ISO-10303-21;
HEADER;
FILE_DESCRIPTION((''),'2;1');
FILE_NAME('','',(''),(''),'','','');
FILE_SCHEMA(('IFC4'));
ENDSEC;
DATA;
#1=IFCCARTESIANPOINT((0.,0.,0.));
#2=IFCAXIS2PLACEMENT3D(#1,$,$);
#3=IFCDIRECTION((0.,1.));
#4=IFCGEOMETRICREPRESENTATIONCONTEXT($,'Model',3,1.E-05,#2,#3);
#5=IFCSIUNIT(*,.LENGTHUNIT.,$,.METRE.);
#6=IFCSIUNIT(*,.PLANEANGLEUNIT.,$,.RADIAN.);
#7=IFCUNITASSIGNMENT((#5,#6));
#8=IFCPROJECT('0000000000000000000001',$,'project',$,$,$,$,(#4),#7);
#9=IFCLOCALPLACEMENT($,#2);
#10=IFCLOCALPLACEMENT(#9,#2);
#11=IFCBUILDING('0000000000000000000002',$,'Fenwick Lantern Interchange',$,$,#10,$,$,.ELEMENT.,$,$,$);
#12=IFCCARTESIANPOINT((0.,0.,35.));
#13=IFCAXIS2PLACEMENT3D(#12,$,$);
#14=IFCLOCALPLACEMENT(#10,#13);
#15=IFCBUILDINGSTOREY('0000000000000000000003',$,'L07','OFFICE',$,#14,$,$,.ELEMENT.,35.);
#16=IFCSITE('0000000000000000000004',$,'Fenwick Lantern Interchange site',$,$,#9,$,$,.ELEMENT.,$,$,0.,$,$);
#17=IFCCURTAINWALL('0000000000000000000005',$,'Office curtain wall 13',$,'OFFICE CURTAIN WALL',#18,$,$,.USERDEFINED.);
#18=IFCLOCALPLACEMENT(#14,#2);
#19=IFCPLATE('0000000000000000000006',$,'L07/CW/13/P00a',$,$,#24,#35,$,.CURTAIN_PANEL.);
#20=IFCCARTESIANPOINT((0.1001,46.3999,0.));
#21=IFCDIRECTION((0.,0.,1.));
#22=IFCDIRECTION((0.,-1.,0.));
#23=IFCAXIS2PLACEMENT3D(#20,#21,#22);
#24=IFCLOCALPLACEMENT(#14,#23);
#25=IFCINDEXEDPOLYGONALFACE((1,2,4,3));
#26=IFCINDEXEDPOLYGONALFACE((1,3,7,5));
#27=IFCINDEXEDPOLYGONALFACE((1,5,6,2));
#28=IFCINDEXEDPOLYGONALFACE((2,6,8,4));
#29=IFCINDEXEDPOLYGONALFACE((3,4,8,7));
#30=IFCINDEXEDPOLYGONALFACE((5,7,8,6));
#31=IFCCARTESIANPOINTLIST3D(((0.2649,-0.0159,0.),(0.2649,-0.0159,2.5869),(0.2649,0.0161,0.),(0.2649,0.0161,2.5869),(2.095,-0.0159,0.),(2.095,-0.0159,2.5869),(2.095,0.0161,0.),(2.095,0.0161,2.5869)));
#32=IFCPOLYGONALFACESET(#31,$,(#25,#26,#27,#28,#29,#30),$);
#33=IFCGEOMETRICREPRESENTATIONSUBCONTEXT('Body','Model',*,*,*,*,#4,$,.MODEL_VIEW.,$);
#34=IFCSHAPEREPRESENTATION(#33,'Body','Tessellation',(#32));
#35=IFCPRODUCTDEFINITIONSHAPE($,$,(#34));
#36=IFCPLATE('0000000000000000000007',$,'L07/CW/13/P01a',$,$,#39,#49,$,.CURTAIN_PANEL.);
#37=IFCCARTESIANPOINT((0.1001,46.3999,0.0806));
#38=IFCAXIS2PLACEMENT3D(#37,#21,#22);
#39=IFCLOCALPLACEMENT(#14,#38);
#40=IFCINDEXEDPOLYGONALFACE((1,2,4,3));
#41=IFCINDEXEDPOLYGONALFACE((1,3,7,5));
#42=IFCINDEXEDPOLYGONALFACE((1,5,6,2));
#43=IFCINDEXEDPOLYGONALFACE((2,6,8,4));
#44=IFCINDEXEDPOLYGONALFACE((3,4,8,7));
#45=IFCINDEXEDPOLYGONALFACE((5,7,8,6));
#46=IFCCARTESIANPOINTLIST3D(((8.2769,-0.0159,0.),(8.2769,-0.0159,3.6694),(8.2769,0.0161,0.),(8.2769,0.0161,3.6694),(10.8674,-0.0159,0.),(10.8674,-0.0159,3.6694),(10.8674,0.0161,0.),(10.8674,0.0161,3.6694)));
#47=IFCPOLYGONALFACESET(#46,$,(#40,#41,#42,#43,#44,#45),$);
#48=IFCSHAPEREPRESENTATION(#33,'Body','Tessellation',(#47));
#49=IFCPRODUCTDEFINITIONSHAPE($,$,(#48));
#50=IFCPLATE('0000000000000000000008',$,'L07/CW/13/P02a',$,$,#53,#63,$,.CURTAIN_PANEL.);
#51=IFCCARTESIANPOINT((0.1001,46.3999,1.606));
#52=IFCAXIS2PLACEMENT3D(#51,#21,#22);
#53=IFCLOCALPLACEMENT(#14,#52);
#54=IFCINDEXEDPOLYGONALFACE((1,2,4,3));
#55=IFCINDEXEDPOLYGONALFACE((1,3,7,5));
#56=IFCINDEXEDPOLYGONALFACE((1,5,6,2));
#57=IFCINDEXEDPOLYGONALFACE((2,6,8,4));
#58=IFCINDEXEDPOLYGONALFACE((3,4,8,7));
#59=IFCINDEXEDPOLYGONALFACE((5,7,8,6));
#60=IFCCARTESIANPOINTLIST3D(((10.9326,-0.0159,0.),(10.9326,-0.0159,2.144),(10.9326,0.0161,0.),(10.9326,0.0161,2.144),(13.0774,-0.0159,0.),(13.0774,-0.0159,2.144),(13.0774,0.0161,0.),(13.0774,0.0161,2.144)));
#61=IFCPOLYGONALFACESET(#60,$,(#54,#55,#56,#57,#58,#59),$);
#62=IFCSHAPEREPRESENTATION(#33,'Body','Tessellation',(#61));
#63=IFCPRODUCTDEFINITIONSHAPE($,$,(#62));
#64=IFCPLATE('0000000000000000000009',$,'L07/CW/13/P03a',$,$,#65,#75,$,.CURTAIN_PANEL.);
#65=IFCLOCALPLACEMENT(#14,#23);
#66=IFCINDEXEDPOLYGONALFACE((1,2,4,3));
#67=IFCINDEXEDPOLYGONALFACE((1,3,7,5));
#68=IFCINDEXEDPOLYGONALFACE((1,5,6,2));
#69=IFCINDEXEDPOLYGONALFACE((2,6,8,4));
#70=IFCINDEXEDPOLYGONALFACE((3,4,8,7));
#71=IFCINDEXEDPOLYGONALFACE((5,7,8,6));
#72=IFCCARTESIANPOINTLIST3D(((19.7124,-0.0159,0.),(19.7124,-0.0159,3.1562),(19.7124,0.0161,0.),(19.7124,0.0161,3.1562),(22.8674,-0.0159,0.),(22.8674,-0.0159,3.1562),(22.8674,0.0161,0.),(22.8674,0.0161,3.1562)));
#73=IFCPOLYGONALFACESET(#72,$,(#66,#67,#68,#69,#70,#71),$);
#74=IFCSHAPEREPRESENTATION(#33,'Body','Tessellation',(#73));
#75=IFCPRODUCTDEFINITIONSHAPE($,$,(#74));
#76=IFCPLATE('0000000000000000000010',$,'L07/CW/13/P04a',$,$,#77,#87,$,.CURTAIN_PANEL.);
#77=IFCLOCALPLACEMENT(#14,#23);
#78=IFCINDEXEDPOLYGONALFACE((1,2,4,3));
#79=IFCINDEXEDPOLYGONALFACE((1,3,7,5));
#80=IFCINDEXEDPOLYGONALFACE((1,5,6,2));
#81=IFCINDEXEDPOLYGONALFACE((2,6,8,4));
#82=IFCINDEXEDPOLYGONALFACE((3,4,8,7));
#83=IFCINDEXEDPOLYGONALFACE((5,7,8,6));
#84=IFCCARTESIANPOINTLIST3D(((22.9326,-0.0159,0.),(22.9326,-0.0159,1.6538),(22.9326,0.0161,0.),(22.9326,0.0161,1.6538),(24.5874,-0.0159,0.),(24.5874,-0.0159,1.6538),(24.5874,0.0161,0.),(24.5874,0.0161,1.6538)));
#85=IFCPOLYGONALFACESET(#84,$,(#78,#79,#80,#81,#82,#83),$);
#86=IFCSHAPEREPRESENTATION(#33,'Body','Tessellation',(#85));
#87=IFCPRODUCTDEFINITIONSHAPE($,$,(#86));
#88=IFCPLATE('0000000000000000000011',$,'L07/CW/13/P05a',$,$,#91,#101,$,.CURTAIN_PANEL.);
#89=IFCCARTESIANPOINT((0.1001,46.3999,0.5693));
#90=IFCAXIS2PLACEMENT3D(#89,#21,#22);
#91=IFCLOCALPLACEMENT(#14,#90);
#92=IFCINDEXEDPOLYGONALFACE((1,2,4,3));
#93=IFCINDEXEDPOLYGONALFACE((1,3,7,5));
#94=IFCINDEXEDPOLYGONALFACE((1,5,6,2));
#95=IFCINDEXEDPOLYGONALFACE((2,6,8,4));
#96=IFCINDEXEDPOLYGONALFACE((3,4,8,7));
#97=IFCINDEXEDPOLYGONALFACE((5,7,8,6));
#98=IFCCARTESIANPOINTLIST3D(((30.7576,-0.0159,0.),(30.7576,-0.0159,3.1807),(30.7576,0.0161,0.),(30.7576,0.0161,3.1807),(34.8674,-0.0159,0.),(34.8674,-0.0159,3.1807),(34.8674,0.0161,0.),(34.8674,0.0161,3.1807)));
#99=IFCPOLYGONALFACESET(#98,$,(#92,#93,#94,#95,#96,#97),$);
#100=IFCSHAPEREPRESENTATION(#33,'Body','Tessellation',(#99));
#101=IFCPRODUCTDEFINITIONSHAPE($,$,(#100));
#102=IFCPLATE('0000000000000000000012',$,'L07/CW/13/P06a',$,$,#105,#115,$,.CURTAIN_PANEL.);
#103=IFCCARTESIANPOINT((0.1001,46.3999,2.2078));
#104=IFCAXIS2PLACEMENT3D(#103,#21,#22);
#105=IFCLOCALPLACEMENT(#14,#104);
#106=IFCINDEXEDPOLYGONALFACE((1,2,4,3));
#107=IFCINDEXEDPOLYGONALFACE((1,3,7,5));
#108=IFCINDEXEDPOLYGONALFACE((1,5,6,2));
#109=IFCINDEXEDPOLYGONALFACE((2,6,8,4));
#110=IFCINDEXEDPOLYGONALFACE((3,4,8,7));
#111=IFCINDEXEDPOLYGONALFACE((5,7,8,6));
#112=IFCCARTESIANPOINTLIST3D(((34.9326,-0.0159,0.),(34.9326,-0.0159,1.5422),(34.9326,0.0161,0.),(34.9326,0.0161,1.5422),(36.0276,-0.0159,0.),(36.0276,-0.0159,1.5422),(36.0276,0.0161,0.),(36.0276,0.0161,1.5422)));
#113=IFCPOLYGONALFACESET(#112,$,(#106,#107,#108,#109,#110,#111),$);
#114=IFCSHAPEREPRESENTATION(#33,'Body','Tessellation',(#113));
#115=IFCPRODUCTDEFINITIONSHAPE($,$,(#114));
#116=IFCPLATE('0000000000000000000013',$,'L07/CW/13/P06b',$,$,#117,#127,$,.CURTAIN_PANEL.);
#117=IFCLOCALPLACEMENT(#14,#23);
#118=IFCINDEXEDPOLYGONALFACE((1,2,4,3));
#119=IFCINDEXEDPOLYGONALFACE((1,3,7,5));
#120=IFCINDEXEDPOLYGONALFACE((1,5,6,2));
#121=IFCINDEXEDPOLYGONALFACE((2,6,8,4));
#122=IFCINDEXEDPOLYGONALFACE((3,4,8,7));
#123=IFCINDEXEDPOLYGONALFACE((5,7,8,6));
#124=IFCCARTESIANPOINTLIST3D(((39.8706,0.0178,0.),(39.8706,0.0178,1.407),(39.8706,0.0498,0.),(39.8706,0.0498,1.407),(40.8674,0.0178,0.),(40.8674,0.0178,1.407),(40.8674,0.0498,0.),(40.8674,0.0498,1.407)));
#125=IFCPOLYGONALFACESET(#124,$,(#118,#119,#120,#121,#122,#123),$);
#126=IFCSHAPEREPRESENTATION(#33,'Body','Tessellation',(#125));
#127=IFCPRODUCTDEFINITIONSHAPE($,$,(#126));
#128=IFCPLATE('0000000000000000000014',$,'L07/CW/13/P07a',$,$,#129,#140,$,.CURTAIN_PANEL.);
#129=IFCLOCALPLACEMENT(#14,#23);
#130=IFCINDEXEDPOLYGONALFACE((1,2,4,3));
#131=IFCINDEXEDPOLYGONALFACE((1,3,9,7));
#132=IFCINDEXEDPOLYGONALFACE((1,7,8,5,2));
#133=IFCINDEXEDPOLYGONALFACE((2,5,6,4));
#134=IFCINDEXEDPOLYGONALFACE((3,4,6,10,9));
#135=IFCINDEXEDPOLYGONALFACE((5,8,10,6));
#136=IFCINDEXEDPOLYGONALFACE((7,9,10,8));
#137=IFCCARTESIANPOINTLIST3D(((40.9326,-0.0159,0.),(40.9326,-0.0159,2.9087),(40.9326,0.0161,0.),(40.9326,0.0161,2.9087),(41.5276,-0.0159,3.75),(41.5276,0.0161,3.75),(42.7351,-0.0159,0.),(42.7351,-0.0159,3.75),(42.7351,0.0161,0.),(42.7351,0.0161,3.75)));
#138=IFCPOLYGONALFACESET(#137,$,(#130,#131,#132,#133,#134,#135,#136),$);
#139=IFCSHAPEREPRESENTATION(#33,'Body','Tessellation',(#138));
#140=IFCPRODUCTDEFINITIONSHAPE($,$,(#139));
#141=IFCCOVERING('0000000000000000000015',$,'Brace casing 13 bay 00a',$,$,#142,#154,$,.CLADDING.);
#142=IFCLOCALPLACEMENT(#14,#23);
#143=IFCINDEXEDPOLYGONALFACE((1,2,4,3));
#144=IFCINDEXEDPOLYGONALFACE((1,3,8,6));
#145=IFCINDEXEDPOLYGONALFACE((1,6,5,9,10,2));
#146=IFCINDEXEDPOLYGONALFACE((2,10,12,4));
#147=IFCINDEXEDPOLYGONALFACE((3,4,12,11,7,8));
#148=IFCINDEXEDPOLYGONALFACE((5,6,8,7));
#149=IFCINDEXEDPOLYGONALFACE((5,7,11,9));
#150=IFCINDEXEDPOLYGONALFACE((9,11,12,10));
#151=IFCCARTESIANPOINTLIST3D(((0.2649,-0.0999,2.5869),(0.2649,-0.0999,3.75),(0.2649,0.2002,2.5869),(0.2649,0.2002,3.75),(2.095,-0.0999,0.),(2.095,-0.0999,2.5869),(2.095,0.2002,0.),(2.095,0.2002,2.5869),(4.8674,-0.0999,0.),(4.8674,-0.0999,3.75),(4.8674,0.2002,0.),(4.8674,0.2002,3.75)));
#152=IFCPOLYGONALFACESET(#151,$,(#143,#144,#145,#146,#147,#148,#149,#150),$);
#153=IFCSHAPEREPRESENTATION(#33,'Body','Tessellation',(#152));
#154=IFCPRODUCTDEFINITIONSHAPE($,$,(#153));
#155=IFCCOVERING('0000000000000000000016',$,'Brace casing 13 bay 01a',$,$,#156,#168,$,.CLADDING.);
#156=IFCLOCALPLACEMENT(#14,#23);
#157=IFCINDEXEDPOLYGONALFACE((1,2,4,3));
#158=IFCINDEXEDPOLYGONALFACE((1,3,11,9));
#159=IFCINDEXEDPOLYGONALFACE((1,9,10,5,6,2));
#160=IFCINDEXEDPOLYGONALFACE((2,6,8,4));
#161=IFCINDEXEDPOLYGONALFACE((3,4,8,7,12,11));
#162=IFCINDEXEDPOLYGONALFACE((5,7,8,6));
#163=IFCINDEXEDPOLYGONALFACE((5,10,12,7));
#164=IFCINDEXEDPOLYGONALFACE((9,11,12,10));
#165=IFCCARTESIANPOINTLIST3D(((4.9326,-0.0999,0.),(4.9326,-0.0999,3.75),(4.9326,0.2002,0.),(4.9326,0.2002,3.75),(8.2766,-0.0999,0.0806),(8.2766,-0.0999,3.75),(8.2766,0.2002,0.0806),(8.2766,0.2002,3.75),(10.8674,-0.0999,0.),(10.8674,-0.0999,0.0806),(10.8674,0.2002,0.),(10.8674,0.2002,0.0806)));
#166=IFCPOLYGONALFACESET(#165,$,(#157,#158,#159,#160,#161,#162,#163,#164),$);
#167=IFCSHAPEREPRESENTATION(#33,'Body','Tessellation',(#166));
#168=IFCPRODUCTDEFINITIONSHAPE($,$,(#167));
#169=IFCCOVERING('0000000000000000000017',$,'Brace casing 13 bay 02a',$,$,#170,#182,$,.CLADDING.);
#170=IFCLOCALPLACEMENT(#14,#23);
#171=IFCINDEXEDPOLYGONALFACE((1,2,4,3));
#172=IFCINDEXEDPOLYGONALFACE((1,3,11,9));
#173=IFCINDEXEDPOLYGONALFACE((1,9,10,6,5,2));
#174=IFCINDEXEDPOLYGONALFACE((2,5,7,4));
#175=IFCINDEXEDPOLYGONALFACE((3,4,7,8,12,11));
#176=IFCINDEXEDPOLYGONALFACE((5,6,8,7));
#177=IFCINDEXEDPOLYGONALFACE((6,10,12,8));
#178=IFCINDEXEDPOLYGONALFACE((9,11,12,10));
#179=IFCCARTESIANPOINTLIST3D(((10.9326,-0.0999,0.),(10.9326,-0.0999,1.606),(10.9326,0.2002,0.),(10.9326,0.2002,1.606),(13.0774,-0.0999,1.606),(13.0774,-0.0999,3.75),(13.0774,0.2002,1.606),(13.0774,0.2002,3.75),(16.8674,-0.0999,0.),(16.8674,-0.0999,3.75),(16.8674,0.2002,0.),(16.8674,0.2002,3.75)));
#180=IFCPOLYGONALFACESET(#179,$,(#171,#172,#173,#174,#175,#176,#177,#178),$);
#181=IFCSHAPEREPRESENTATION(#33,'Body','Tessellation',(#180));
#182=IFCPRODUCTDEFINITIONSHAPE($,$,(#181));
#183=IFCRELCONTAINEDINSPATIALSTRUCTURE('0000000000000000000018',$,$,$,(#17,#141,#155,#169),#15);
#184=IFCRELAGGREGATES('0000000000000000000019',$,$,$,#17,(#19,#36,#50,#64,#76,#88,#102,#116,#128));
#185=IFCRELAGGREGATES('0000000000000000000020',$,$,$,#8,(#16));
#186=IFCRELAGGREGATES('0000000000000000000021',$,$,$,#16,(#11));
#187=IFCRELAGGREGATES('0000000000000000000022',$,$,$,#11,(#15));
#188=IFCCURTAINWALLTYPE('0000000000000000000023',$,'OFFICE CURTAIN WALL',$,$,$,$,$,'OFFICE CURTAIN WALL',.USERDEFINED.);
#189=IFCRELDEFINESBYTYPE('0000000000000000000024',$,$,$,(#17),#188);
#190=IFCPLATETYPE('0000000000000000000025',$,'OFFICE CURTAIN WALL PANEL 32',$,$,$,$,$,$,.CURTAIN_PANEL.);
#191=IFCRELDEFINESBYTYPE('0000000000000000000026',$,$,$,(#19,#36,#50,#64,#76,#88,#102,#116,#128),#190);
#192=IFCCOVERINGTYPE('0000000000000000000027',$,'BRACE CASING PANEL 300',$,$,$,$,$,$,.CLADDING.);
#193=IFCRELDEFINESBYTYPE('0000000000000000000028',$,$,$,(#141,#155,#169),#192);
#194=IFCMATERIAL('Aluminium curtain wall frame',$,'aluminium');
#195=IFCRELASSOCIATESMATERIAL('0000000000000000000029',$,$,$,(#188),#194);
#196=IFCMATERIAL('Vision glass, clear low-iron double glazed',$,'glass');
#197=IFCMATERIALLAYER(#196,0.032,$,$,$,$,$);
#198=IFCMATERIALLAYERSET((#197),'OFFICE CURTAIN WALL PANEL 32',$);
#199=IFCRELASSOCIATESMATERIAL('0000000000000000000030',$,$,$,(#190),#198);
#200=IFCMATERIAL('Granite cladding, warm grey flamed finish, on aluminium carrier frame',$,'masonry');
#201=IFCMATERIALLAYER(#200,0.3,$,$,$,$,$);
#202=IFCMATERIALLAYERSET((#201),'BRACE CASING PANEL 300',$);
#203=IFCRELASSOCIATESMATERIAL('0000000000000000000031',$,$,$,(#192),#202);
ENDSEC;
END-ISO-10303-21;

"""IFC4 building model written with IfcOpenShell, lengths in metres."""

from ifc_helpers import new_model, si_unit, direction, frame, origin, place, context, subcontext, project, spatial, polyline, outline, extrude, material, layer, layer_set, type_object, element, aggregate, save


model = new_model("IFC4")

# Units and contexts
model_context = context("Model", 3, precision=1e-05, world=origin(), true_north=direction((0.0, 1.0)))
body_context = subcontext(model_context, "Body", "Model", "MODEL_VIEW")
ifc_project = project(units=[si_unit("LENGTHUNIT", "METRE"), si_unit("PLANEANGLEUNIT", "RADIAN")], contexts=[model_context])

# Site, building, storey
site_placement = place(None, origin())
site = spatial("IfcSite", under=ifc_project, at=site_placement, Name="Fenwick Lantern Interchange site", CompositionType="ELEMENT", RefElevation=0.0)
building_placement = place(site_placement, origin())
building = spatial("IfcBuilding", under=site, at=building_placement, Name="Fenwick Lantern Interchange", CompositionType="ELEMENT")
storey_placement = place(building_placement, frame((0.0, 0.0, 35.0)))
storey = spatial("IfcBuildingStorey", under=building, at=storey_placement, Name="L07", Description="OFFICE", CompositionType="ELEMENT", Elevation=35.0)

# Shared definitions
ifc_material_1 = material(Name="Aluminium curtain wall frame", Category="aluminium")
curtain_wall_type = type_object("IfcCurtainWallType", Name="OFFICE CURTAIN WALL", ElementType="OFFICE CURTAIN WALL", PredefinedType="USERDEFINED", material=ifc_material_1)

# Curtain wall
curtain_wall_1_placement = place(storey_placement, origin())
curtain_wall_1 = element("IfcCurtainWall", 1, at=curtain_wall_1_placement, inside=storey, type_object=curtain_wall_type, Name="Office curtain wall 13", ObjectType="OFFICE CURTAIN WALL", PredefinedType="USERDEFINED")

# Plates
ifc_material_2 = material(Name="Vision glass, clear low-iron double glazed", Category="glass")
ifc_layer_1 = layer(ifc_material_2, 0.032)
ifc_layer_set_1 = layer_set([ifc_layer_1], Name="OFFICE CURTAIN WALL PANEL 32")
plate_type = type_object("IfcPlateType", Name="OFFICE CURTAIN WALL PANEL 32", PredefinedType="CURTAIN_PANEL", material=ifc_layer_set_1)
plate_1_placement = place(storey_placement, frame((0.1001, 46.3999, 0.0), z_axis=(0.0, 0.0, 1.0), x_axis=(0.0, -1.0, 0.0)))
plate_1 = element("IfcPlate", 2, at=plate_1_placement, type_object=plate_type, Name="L07/CW/13/P00a", PredefinedType="CURTAIN_PANEL", context=body_context, shape_type="SweptSolid", body=[
    extrude(outline(polyline([(0.2649, 0.0), (2.095, 0.0), (2.095, 2.5869), (0.2649, 2.5869), (0.2649, 0.0)])), frame((0.0, 0.0161, 0.0), z_axis=(0.0, -1.0, 0.0), x_axis=(1.0, 0.0, 0.0)), (0.0, 0.0, 1.0), 0.032),
])
plate_2_placement = place(storey_placement, frame((0.1001, 46.3999, 0.0806), z_axis=(0.0, 0.0, 1.0), x_axis=(0.0, -1.0, 0.0)))
plate_2 = element("IfcPlate", 3, at=plate_2_placement, type_object=plate_type, Name="L07/CW/13/P01a", PredefinedType="CURTAIN_PANEL", context=body_context, shape_type="SweptSolid", body=[
    extrude(outline(polyline([(8.2769, 0.0), (10.8674, 0.0), (10.8674, 3.6694), (8.2769, 3.6694), (8.2769, 0.0)])), frame((0.0, 0.0161, 0.0), z_axis=(0.0, -1.0, 0.0), x_axis=(1.0, 0.0, 0.0)), (0.0, 0.0, 1.0), 0.032),
])
plate_3_placement = place(storey_placement, frame((0.1001, 46.3999, 1.606), z_axis=(0.0, 0.0, 1.0), x_axis=(0.0, -1.0, 0.0)))
plate_3 = element("IfcPlate", 4, at=plate_3_placement, type_object=plate_type, Name="L07/CW/13/P02a", PredefinedType="CURTAIN_PANEL", context=body_context, shape_type="SweptSolid", body=[
    extrude(outline(polyline([(10.9326, 0.0), (13.0774, 0.0), (13.0774, 2.144), (10.9326, 2.144), (10.9326, 0.0)])), frame((0.0, 0.0161, 0.0), z_axis=(0.0, -1.0, 0.0), x_axis=(1.0, 0.0, 0.0)), (0.0, 0.0, 1.0), 0.032),
])
plate_4_placement = place(storey_placement, frame((0.1001, 46.3999, 0.0), z_axis=(0.0, 0.0, 1.0), x_axis=(0.0, -1.0, 0.0)))
plate_4 = element("IfcPlate", 5, at=plate_4_placement, type_object=plate_type, Name="L07/CW/13/P03a", PredefinedType="CURTAIN_PANEL", context=body_context, shape_type="SweptSolid", body=[
    extrude(outline(polyline([(19.7124, 0.0), (22.8674, 0.0), (22.8674, 3.1562), (19.7124, 3.1562), (19.7124, 0.0)])), frame((0.0, 0.0161, 0.0), z_axis=(0.0, -1.0, 0.0), x_axis=(1.0, 0.0, 0.0)), (0.0, 0.0, 1.0), 0.032),
])
plate_5_placement = place(storey_placement, frame((0.1001, 46.3999, 0.0), z_axis=(0.0, 0.0, 1.0), x_axis=(0.0, -1.0, 0.0)))
plate_5 = element("IfcPlate", 6, at=plate_5_placement, type_object=plate_type, Name="L07/CW/13/P04a", PredefinedType="CURTAIN_PANEL", context=body_context, shape_type="SweptSolid", body=[
    extrude(outline(polyline([(22.9326, 0.0), (24.5874, 0.0), (24.5874, 1.6538), (22.9326, 1.6538), (22.9326, 0.0)])), frame((0.0, 0.0161, 0.0), z_axis=(0.0, -1.0, 0.0), x_axis=(1.0, 0.0, 0.0)), (0.0, 0.0, 1.0), 0.032),
])
plate_6_placement = place(storey_placement, frame((0.1001, 46.3999, 0.5693), z_axis=(0.0, 0.0, 1.0), x_axis=(0.0, -1.0, 0.0)))
plate_6 = element("IfcPlate", 7, at=plate_6_placement, type_object=plate_type, Name="L07/CW/13/P05a", PredefinedType="CURTAIN_PANEL", context=body_context, shape_type="SweptSolid", body=[
    extrude(outline(polyline([(30.7576, 0.0), (34.8674, 0.0), (34.8674, 3.1807), (30.7576, 3.1807), (30.7576, 0.0)])), frame((0.0, 0.0161, 0.0), z_axis=(0.0, -1.0, 0.0), x_axis=(1.0, 0.0, 0.0)), (0.0, 0.0, 1.0), 0.032),
])
plate_7_placement = place(storey_placement, frame((0.1001, 46.3999, 2.2078), z_axis=(0.0, 0.0, 1.0), x_axis=(0.0, -1.0, 0.0)))
plate_7 = element("IfcPlate", 8, at=plate_7_placement, type_object=plate_type, Name="L07/CW/13/P06a", PredefinedType="CURTAIN_PANEL", context=body_context, shape_type="SweptSolid", body=[
    extrude(outline(polyline([(34.9326, 0.0), (36.0276, 0.0), (36.0276, 1.5422), (34.9326, 1.5422), (34.9326, 0.0)])), frame((0.0, 0.0161, 0.0), z_axis=(0.0, -1.0, 0.0), x_axis=(1.0, 0.0, 0.0)), (0.0, 0.0, 1.0), 0.032),
])
plate_8_placement = place(storey_placement, frame((0.1001, 46.3999, 0.0), z_axis=(0.0, 0.0, 1.0), x_axis=(0.0, -1.0, 0.0)))
plate_8 = element("IfcPlate", 9, at=plate_8_placement, type_object=plate_type, Name="L07/CW/13/P06b", PredefinedType="CURTAIN_PANEL", context=body_context, shape_type="SweptSolid", body=[
    extrude(outline(polyline([(39.8706, 0.0), (40.8674, 0.0), (40.8674, 1.407), (39.8706, 1.407), (39.8706, 0.0)])), frame((0.0, 0.0498, 0.0), z_axis=(0.0, -1.0, 0.0), x_axis=(1.0, 0.0, 0.0)), (0.0, 0.0, 1.0), 0.032),
])
plate_9_placement = place(storey_placement, frame((0.1001, 46.3999, 0.0), z_axis=(0.0, 0.0, 1.0), x_axis=(0.0, -1.0, 0.0)))
plate_9 = element("IfcPlate", 10, at=plate_9_placement, type_object=plate_type, Name="L07/CW/13/P07a", PredefinedType="CURTAIN_PANEL", context=body_context, shape_type="SweptSolid", body=[
    extrude(outline(polyline([(40.9326, 0.0), (42.7351, 0.0), (42.7351, 3.75), (41.5276, 3.75), (40.9326, 2.9087), (40.9326, 0.0)])), frame((0.0, 0.0161, 0.0), z_axis=(0.0, -1.0, 0.0), x_axis=(1.0, 0.0, 0.0)), (0.0, 0.0, 1.0), 0.032),
])
aggregate(curtain_wall_1, [plate_1, plate_2, plate_3, plate_4, plate_5, plate_6, plate_7, plate_8, plate_9])

# Coverings
ifc_material_3 = material(Name="Granite cladding, warm grey flamed finish, on aluminium carrier frame", Category="masonry")
ifc_layer_2 = layer(ifc_material_3, 0.3)
ifc_layer_set_2 = layer_set([ifc_layer_2], Name="BRACE CASING PANEL 300")
covering_type = type_object("IfcCoveringType", Name="BRACE CASING PANEL 300", PredefinedType="CLADDING", material=ifc_layer_set_2)
covering_1_placement = place(storey_placement, frame((0.1001, 46.3999, 0.0), z_axis=(0.0, 0.0, 1.0), x_axis=(0.0, -1.0, 0.0)))
element("IfcCovering", 11, at=covering_1_placement, inside=storey, type_object=covering_type, Name="Brace casing 13 bay 00a", PredefinedType="CLADDING", context=body_context, shape_type="SweptSolid", body=[
    extrude(outline(polyline([(2.095, 0.0), (4.8674, 0.0), (4.8674, 3.75), (0.2649, 3.75), (0.2649, 2.5869), (2.095, 2.5869), (2.095, 0.0)])), frame((0.0, 0.2002, 0.0), z_axis=(0.0, -1.0, 0.0), x_axis=(1.0, 0.0, 0.0)), (0.0, 0.0, 1.0), 0.3),
])
covering_2_placement = place(storey_placement, frame((0.1001, 46.3999, 0.0), z_axis=(0.0, 0.0, 1.0), x_axis=(0.0, -1.0, 0.0)))
element("IfcCovering", 12, at=covering_2_placement, inside=storey, type_object=covering_type, Name="Brace casing 13 bay 01a", PredefinedType="CLADDING", context=body_context, shape_type="SweptSolid", body=[
    extrude(outline(polyline([(4.9326, 0.0), (10.8674, 0.0), (10.8674, 0.0806), (8.2766, 0.0806), (8.2766, 3.75), (4.9326, 3.75), (4.9326, 0.0)])), frame((0.0, 0.2002, 0.0), z_axis=(0.0, -1.0, 0.0), x_axis=(1.0, 0.0, 0.0)), (0.0, 0.0, 1.0), 0.3),
])
covering_3_placement = place(storey_placement, frame((0.1001, 46.3999, 0.0), z_axis=(0.0, 0.0, 1.0), x_axis=(0.0, -1.0, 0.0)))
element("IfcCovering", 13, at=covering_3_placement, inside=storey, type_object=covering_type, Name="Brace casing 13 bay 02a", PredefinedType="CLADDING", context=body_context, shape_type="SweptSolid", body=[
    extrude(outline(polyline([(10.9326, 0.0), (16.8674, 0.0), (16.8674, 3.75), (13.0774, 3.75), (13.0774, 1.606), (10.9326, 1.606), (10.9326, 0.0)])), frame((0.0, 0.2002, 0.0), z_axis=(0.0, -1.0, 0.0), x_axis=(1.0, 0.0, 0.0)), (0.0, 0.0, 1.0), 0.3),
])

save(model, "model.ifc")
